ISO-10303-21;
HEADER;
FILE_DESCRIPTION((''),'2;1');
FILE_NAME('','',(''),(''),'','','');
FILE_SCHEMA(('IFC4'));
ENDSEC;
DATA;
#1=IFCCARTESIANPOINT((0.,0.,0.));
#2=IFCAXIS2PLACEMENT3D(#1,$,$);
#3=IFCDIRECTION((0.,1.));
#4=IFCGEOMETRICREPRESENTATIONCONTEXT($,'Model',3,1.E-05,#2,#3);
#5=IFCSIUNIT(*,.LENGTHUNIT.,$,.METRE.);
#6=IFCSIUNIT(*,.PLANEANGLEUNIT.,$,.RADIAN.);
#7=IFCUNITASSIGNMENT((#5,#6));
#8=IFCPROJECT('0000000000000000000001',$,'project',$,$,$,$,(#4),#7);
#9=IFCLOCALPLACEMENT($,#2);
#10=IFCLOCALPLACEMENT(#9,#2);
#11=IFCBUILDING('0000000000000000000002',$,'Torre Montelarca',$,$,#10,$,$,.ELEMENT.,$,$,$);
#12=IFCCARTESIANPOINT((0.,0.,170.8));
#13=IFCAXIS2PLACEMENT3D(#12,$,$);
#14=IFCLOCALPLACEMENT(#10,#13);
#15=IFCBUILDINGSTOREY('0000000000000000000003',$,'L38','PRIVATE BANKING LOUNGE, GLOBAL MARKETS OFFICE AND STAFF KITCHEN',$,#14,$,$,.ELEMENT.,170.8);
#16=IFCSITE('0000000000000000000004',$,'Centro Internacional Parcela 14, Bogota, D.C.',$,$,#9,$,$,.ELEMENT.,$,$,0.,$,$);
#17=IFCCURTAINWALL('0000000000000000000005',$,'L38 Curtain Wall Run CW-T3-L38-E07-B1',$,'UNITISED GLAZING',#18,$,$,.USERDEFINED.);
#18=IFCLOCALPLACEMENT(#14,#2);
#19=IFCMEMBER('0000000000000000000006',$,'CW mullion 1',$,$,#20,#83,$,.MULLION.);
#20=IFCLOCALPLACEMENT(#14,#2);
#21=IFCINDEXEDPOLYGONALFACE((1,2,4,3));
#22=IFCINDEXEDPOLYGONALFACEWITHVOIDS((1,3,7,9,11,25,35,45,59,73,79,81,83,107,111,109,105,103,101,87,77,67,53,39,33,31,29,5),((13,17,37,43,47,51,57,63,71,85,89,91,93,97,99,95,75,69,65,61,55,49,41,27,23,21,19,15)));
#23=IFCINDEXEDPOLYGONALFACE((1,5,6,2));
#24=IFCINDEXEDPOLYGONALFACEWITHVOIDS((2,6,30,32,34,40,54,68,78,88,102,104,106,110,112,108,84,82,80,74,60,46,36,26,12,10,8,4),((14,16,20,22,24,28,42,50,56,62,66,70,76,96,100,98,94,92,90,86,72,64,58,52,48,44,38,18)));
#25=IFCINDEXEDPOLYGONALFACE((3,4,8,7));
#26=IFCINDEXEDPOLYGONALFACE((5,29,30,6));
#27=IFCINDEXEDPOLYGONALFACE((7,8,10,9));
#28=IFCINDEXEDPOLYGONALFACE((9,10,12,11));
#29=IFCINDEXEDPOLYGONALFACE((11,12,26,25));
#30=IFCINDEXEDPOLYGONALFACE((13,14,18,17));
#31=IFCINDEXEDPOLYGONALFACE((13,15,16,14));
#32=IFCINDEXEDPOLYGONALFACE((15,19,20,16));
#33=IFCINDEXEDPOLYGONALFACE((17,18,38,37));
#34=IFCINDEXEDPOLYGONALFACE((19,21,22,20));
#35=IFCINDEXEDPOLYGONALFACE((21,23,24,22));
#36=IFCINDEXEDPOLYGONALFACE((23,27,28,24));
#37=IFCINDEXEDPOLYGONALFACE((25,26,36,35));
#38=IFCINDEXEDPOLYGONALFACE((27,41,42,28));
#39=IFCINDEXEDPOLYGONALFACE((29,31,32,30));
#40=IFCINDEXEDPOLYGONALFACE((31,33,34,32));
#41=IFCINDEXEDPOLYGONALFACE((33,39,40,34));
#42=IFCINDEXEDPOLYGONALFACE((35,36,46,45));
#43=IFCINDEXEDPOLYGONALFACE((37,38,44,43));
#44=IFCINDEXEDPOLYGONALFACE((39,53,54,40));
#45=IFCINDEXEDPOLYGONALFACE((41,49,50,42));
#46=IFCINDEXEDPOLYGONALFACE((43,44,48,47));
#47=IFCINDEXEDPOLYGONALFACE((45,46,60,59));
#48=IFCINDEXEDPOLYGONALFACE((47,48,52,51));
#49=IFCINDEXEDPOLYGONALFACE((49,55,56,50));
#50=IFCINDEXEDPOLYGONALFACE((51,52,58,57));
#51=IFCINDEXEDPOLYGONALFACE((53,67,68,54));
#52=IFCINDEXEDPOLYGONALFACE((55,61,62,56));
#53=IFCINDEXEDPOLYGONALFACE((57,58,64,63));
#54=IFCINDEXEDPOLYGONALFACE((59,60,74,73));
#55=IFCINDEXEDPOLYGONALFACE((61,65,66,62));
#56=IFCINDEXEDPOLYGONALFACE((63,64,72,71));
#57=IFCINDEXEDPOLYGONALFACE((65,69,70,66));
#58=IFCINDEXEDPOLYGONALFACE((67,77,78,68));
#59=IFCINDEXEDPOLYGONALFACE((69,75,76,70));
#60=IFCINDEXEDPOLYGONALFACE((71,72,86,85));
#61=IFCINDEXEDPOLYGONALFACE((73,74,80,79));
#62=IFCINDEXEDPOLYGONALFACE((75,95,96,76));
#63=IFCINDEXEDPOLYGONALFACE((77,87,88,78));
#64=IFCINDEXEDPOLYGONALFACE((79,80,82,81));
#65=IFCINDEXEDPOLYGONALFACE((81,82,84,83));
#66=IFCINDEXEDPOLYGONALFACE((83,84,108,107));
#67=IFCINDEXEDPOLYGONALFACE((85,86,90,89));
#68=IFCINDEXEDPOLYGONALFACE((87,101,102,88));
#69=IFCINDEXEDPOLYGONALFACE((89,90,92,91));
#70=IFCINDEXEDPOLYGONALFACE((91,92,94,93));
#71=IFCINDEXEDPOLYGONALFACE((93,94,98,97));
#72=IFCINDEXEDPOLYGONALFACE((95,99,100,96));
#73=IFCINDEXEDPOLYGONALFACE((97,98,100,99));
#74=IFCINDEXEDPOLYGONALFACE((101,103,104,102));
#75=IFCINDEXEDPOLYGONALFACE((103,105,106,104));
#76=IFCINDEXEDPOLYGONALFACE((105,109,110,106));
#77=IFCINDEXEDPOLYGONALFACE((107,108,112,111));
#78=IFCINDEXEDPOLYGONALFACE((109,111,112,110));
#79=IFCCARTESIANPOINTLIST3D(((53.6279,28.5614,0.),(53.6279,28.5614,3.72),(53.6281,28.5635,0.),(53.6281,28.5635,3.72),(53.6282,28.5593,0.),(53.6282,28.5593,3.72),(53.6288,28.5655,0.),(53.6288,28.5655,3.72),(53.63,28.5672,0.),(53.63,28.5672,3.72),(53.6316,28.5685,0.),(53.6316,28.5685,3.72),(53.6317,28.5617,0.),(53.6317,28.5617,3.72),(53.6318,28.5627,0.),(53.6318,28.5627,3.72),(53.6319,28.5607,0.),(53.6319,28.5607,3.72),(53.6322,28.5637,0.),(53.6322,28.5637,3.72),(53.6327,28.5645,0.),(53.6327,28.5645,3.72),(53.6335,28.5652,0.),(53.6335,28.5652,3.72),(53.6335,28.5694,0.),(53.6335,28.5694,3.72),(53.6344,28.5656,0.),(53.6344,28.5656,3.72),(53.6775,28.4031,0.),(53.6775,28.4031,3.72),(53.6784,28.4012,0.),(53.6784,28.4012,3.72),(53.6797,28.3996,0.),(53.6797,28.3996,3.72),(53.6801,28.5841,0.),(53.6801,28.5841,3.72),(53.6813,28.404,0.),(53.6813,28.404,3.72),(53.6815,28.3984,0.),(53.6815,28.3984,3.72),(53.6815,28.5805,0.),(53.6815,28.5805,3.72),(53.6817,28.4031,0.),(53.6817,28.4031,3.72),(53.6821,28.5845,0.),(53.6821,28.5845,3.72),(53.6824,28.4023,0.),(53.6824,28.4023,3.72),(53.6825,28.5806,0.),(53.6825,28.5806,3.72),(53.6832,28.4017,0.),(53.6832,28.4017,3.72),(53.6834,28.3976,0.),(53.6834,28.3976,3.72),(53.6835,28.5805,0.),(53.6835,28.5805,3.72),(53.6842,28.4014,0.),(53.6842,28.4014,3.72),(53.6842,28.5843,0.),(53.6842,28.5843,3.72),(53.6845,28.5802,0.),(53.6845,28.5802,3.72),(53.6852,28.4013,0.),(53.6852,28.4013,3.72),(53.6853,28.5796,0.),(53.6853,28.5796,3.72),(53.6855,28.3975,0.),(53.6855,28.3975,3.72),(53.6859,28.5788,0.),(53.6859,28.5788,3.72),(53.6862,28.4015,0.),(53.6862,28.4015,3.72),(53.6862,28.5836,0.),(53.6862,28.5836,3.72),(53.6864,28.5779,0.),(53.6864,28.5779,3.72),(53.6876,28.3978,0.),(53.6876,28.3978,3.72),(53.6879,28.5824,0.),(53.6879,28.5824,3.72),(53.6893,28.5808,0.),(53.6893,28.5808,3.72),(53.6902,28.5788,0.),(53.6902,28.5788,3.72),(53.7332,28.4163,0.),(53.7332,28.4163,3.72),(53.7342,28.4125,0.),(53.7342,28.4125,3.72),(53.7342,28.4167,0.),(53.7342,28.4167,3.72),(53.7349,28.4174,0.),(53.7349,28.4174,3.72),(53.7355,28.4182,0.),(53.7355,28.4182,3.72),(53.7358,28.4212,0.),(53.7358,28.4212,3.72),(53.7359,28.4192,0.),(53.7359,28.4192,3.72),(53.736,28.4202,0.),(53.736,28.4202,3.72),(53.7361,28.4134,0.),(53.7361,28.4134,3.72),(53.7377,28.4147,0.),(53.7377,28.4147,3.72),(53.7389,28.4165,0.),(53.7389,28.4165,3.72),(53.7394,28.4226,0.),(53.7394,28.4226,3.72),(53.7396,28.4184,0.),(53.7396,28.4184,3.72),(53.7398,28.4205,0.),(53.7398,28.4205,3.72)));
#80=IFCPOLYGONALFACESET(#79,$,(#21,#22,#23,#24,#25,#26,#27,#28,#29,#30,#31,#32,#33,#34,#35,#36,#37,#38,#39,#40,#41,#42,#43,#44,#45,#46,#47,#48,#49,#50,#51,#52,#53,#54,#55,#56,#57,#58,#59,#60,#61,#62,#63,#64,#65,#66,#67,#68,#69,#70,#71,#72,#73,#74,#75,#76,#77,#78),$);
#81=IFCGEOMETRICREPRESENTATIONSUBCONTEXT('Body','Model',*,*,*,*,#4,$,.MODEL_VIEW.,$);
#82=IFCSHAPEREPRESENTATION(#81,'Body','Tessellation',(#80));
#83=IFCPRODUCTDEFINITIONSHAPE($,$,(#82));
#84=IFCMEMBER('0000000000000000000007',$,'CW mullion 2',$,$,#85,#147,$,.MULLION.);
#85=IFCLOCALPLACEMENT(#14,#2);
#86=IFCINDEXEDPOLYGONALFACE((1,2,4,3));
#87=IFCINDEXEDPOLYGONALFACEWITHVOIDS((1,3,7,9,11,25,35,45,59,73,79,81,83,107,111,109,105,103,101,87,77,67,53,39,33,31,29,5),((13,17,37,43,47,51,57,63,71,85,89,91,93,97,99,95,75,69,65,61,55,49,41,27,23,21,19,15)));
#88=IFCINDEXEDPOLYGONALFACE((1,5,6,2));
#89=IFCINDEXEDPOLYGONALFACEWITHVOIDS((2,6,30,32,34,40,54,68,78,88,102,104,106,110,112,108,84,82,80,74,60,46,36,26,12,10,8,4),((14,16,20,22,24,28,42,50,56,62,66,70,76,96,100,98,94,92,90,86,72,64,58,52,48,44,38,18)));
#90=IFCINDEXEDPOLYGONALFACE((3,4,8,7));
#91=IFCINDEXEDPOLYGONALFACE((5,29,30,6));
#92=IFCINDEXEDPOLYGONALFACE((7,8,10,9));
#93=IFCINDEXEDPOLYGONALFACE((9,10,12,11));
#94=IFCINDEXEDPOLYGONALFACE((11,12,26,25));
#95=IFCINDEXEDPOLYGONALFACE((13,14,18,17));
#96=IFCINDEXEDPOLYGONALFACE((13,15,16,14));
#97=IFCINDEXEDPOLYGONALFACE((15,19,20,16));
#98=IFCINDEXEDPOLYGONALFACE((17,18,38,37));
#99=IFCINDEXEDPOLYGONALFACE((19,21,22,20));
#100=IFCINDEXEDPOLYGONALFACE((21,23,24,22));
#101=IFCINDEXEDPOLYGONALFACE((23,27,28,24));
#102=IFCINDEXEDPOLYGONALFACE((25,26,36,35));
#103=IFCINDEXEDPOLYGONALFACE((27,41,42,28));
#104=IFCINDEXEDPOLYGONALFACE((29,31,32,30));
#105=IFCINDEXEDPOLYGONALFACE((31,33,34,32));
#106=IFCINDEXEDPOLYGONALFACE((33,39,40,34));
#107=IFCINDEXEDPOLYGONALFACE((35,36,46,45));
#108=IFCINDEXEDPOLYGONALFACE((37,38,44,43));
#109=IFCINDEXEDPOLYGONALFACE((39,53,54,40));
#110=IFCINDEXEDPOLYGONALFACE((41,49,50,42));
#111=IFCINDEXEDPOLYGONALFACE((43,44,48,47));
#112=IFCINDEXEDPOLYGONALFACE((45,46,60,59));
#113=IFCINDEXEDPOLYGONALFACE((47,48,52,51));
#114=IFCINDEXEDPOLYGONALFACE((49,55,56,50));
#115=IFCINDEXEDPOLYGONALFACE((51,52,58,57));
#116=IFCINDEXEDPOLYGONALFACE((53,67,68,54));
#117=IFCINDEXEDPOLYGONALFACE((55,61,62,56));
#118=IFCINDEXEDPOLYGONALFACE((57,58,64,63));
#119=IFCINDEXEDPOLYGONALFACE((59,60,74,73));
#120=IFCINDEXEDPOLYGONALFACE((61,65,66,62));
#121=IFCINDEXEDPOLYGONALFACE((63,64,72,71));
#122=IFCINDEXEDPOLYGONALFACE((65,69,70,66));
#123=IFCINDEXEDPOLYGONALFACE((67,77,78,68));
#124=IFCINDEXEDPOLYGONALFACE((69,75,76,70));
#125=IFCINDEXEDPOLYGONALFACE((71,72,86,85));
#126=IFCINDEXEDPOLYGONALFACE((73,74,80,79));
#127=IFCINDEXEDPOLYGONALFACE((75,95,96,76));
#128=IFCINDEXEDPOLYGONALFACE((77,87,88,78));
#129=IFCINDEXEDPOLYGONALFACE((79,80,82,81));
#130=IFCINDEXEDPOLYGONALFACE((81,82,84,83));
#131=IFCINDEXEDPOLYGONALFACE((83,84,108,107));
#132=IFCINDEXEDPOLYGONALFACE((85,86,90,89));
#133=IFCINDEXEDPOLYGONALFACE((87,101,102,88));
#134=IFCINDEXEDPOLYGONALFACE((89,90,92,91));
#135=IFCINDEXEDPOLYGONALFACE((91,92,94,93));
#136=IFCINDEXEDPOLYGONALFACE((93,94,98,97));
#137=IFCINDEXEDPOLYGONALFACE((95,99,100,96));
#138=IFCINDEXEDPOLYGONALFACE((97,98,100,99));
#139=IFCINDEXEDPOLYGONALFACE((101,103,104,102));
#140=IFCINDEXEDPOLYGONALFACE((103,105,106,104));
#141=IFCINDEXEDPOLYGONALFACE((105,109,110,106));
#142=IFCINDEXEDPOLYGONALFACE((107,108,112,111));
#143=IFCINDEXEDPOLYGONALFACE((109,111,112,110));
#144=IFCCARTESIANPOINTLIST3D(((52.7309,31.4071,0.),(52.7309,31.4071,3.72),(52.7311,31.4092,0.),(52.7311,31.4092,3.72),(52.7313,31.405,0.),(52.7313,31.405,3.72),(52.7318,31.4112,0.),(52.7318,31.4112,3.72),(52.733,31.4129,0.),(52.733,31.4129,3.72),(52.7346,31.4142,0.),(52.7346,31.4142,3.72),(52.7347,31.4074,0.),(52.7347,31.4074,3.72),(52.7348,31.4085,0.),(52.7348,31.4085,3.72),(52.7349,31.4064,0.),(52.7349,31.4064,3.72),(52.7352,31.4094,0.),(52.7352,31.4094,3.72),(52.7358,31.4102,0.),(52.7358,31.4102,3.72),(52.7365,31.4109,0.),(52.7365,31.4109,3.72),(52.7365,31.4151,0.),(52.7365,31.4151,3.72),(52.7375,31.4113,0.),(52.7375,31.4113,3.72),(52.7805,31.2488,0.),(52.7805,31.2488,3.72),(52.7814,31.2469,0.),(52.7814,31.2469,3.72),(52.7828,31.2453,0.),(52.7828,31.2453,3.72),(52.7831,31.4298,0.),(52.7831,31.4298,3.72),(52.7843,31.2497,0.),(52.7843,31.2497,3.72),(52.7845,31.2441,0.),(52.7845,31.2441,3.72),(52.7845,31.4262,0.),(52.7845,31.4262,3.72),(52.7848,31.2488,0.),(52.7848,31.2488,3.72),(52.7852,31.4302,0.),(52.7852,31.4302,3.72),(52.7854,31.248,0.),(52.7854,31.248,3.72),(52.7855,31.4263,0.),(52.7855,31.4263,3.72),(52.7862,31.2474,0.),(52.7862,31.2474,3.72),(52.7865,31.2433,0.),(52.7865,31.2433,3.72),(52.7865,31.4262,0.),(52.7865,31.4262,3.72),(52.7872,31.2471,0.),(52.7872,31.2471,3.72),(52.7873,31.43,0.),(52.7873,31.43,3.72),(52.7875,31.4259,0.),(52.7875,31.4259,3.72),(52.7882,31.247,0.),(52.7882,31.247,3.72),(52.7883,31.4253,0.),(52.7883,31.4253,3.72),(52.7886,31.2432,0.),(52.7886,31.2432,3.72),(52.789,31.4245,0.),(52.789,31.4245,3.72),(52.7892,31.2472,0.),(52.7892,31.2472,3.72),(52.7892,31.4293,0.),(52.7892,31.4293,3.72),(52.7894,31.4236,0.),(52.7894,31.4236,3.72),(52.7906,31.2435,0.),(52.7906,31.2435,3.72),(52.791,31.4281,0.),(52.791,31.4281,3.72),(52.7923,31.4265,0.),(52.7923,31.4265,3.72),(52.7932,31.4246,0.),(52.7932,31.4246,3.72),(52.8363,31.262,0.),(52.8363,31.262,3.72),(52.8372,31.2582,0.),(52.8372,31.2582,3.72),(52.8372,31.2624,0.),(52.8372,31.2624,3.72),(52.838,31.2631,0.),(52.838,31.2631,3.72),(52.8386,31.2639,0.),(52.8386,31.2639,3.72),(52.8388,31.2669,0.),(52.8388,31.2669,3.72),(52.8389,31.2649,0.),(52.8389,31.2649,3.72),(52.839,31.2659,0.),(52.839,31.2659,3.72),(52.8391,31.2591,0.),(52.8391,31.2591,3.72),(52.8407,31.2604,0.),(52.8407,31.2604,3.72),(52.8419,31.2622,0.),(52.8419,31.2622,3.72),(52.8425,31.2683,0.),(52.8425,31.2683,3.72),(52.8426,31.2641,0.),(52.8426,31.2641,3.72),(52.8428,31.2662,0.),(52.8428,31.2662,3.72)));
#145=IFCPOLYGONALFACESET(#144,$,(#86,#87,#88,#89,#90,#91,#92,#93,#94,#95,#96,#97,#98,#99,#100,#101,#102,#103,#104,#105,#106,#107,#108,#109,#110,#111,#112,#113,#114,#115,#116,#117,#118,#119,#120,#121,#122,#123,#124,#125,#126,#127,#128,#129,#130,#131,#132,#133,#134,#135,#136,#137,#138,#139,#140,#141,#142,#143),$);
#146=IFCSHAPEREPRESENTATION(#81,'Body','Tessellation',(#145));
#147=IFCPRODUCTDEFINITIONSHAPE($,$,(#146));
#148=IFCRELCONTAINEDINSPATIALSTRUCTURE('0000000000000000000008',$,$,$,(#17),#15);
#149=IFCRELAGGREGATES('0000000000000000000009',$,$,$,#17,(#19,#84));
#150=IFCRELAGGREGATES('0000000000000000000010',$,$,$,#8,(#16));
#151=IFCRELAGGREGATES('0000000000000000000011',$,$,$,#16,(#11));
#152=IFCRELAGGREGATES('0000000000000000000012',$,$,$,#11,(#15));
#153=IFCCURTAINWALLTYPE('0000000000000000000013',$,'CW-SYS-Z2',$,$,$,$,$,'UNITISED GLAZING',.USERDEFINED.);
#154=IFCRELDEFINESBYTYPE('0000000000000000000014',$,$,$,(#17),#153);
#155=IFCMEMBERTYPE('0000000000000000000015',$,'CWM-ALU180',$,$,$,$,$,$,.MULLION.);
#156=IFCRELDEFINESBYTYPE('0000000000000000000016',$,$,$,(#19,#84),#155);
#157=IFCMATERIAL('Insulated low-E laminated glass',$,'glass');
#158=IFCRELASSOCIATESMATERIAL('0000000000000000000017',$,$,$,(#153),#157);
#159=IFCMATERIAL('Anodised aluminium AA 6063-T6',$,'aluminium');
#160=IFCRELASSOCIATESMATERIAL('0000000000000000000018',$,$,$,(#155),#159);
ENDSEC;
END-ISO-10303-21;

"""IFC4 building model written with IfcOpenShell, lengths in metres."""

from ifc_helpers import new_model, si_unit, direction, frame, origin, origin_2d, place, context, subcontext, project, spatial, hollow_rectangle, extrude, source, transform, mapped, material, material_profile, profile_set, type_object, element, aggregate, save


model = new_model("IFC4")

# Units and contexts
model_context = context("Model", 3, precision=1e-05, world=origin(), true_north=direction((0.0, 1.0)))
body_context = subcontext(model_context, "Body", "Model", "MODEL_VIEW")
ifc_project = project(units=[si_unit("LENGTHUNIT", "METRE"), si_unit("PLANEANGLEUNIT", "RADIAN")], contexts=[model_context])

# Site, building, storey
site_placement = place(None, origin())
site = spatial("IfcSite", under=ifc_project, at=site_placement, Name="Centro Internacional Parcela 14, Bogota, D.C.", CompositionType="ELEMENT", RefElevation=0.0)
building_placement = place(site_placement, origin())
building = spatial("IfcBuilding", under=site, at=building_placement, Name="Torre Montelarca", CompositionType="ELEMENT")
storey_placement = place(building_placement, frame((0.0, 0.0, 170.8)))
storey = spatial("IfcBuildingStorey", under=building, at=storey_placement, Name="L38", Description="PRIVATE BANKING LOUNGE, GLOBAL MARKETS OFFICE AND STAFF KITCHEN", CompositionType="ELEMENT", Elevation=170.8)

# Curtain wall, members
ifc_material_1 = material(Name="Insulated low-E laminated glass", Category="glass")
curtain_wall_type = type_object("IfcCurtainWallType", Name="CW-SYS-Z2", ElementType="UNITISED GLAZING", PredefinedType="USERDEFINED", material=ifc_material_1)
curtain_wall_1_placement = place(storey_placement, origin())
curtain_wall_1 = element("IfcCurtainWall", 1, at=curtain_wall_1_placement, inside=storey, type_object=curtain_wall_type, Name="L38 Curtain Wall Run CW-T3-L38-E07-B1", ObjectType="UNITISED GLAZING", PredefinedType="USERDEFINED")
ifc_material_2 = material(Name="Anodised aluminium AA 6063-T6", Category="aluminium")
ifc_material_profile_1 = material_profile(ifc_material_2, hollow_rectangle(XDim=0.0649, YDim=0.1799, WallThickness=0.0039, InnerFilletRadius=0.0039, OuterFilletRadius=0.0081, at=origin_2d()), Name="ALU65X180X4", Category="aluminium")
ifc_profile_set_1 = profile_set([ifc_material_profile_1], Name="Anodised aluminium AA 6063-T6")
member_type_1 = type_object("IfcMemberType", Name="CWM-ALU180", PredefinedType="MULLION", material=ifc_profile_set_1)
shared_shape_1 = source(origin(), body_context, "Body", "SweptSolid", [
    extrude(hollow_rectangle(XDim=0.0649, YDim=0.1799, WallThickness=0.0039, InnerFilletRadius=0.0039, OuterFilletRadius=0.0081, at=origin_2d()), origin(), (0.0, 0.0, 1.0), 3.72),
])
member_1_placement = place(storey_placement, frame((53.6838, 28.491, 0.0), z_axis=(0.0, 0.0, 1.0), x_axis=(-0.953719, -0.300699, 0.0)))
member_1 = element("IfcMember", 2, at=member_1_placement, type_object=member_type_1, Name="CW mullion 1", PredefinedType="MULLION", context=body_context, shape_type="MappedRepresentation", body=[
    mapped(shared_shape_1, transform((0.0, 0.0, 0.0), scale=1.0)),
])
member_2_placement = place(storey_placement, frame((52.7869, 31.3367, 0.0), z_axis=(0.0, 0.0, 1.0), x_axis=(-0.953719, -0.300699, 0.0)))
member_2 = element("IfcMember", 3, at=member_2_placement, type_object=member_type_1, Name="CW mullion 2", PredefinedType="MULLION", context=body_context, shape_type="MappedRepresentation", body=[
    mapped(shared_shape_1, transform((0.0, 0.0, 0.0), scale=1.0)),
])

aggregate(curtain_wall_1, [member_1, member_2])

save(model, "model.ifc")
